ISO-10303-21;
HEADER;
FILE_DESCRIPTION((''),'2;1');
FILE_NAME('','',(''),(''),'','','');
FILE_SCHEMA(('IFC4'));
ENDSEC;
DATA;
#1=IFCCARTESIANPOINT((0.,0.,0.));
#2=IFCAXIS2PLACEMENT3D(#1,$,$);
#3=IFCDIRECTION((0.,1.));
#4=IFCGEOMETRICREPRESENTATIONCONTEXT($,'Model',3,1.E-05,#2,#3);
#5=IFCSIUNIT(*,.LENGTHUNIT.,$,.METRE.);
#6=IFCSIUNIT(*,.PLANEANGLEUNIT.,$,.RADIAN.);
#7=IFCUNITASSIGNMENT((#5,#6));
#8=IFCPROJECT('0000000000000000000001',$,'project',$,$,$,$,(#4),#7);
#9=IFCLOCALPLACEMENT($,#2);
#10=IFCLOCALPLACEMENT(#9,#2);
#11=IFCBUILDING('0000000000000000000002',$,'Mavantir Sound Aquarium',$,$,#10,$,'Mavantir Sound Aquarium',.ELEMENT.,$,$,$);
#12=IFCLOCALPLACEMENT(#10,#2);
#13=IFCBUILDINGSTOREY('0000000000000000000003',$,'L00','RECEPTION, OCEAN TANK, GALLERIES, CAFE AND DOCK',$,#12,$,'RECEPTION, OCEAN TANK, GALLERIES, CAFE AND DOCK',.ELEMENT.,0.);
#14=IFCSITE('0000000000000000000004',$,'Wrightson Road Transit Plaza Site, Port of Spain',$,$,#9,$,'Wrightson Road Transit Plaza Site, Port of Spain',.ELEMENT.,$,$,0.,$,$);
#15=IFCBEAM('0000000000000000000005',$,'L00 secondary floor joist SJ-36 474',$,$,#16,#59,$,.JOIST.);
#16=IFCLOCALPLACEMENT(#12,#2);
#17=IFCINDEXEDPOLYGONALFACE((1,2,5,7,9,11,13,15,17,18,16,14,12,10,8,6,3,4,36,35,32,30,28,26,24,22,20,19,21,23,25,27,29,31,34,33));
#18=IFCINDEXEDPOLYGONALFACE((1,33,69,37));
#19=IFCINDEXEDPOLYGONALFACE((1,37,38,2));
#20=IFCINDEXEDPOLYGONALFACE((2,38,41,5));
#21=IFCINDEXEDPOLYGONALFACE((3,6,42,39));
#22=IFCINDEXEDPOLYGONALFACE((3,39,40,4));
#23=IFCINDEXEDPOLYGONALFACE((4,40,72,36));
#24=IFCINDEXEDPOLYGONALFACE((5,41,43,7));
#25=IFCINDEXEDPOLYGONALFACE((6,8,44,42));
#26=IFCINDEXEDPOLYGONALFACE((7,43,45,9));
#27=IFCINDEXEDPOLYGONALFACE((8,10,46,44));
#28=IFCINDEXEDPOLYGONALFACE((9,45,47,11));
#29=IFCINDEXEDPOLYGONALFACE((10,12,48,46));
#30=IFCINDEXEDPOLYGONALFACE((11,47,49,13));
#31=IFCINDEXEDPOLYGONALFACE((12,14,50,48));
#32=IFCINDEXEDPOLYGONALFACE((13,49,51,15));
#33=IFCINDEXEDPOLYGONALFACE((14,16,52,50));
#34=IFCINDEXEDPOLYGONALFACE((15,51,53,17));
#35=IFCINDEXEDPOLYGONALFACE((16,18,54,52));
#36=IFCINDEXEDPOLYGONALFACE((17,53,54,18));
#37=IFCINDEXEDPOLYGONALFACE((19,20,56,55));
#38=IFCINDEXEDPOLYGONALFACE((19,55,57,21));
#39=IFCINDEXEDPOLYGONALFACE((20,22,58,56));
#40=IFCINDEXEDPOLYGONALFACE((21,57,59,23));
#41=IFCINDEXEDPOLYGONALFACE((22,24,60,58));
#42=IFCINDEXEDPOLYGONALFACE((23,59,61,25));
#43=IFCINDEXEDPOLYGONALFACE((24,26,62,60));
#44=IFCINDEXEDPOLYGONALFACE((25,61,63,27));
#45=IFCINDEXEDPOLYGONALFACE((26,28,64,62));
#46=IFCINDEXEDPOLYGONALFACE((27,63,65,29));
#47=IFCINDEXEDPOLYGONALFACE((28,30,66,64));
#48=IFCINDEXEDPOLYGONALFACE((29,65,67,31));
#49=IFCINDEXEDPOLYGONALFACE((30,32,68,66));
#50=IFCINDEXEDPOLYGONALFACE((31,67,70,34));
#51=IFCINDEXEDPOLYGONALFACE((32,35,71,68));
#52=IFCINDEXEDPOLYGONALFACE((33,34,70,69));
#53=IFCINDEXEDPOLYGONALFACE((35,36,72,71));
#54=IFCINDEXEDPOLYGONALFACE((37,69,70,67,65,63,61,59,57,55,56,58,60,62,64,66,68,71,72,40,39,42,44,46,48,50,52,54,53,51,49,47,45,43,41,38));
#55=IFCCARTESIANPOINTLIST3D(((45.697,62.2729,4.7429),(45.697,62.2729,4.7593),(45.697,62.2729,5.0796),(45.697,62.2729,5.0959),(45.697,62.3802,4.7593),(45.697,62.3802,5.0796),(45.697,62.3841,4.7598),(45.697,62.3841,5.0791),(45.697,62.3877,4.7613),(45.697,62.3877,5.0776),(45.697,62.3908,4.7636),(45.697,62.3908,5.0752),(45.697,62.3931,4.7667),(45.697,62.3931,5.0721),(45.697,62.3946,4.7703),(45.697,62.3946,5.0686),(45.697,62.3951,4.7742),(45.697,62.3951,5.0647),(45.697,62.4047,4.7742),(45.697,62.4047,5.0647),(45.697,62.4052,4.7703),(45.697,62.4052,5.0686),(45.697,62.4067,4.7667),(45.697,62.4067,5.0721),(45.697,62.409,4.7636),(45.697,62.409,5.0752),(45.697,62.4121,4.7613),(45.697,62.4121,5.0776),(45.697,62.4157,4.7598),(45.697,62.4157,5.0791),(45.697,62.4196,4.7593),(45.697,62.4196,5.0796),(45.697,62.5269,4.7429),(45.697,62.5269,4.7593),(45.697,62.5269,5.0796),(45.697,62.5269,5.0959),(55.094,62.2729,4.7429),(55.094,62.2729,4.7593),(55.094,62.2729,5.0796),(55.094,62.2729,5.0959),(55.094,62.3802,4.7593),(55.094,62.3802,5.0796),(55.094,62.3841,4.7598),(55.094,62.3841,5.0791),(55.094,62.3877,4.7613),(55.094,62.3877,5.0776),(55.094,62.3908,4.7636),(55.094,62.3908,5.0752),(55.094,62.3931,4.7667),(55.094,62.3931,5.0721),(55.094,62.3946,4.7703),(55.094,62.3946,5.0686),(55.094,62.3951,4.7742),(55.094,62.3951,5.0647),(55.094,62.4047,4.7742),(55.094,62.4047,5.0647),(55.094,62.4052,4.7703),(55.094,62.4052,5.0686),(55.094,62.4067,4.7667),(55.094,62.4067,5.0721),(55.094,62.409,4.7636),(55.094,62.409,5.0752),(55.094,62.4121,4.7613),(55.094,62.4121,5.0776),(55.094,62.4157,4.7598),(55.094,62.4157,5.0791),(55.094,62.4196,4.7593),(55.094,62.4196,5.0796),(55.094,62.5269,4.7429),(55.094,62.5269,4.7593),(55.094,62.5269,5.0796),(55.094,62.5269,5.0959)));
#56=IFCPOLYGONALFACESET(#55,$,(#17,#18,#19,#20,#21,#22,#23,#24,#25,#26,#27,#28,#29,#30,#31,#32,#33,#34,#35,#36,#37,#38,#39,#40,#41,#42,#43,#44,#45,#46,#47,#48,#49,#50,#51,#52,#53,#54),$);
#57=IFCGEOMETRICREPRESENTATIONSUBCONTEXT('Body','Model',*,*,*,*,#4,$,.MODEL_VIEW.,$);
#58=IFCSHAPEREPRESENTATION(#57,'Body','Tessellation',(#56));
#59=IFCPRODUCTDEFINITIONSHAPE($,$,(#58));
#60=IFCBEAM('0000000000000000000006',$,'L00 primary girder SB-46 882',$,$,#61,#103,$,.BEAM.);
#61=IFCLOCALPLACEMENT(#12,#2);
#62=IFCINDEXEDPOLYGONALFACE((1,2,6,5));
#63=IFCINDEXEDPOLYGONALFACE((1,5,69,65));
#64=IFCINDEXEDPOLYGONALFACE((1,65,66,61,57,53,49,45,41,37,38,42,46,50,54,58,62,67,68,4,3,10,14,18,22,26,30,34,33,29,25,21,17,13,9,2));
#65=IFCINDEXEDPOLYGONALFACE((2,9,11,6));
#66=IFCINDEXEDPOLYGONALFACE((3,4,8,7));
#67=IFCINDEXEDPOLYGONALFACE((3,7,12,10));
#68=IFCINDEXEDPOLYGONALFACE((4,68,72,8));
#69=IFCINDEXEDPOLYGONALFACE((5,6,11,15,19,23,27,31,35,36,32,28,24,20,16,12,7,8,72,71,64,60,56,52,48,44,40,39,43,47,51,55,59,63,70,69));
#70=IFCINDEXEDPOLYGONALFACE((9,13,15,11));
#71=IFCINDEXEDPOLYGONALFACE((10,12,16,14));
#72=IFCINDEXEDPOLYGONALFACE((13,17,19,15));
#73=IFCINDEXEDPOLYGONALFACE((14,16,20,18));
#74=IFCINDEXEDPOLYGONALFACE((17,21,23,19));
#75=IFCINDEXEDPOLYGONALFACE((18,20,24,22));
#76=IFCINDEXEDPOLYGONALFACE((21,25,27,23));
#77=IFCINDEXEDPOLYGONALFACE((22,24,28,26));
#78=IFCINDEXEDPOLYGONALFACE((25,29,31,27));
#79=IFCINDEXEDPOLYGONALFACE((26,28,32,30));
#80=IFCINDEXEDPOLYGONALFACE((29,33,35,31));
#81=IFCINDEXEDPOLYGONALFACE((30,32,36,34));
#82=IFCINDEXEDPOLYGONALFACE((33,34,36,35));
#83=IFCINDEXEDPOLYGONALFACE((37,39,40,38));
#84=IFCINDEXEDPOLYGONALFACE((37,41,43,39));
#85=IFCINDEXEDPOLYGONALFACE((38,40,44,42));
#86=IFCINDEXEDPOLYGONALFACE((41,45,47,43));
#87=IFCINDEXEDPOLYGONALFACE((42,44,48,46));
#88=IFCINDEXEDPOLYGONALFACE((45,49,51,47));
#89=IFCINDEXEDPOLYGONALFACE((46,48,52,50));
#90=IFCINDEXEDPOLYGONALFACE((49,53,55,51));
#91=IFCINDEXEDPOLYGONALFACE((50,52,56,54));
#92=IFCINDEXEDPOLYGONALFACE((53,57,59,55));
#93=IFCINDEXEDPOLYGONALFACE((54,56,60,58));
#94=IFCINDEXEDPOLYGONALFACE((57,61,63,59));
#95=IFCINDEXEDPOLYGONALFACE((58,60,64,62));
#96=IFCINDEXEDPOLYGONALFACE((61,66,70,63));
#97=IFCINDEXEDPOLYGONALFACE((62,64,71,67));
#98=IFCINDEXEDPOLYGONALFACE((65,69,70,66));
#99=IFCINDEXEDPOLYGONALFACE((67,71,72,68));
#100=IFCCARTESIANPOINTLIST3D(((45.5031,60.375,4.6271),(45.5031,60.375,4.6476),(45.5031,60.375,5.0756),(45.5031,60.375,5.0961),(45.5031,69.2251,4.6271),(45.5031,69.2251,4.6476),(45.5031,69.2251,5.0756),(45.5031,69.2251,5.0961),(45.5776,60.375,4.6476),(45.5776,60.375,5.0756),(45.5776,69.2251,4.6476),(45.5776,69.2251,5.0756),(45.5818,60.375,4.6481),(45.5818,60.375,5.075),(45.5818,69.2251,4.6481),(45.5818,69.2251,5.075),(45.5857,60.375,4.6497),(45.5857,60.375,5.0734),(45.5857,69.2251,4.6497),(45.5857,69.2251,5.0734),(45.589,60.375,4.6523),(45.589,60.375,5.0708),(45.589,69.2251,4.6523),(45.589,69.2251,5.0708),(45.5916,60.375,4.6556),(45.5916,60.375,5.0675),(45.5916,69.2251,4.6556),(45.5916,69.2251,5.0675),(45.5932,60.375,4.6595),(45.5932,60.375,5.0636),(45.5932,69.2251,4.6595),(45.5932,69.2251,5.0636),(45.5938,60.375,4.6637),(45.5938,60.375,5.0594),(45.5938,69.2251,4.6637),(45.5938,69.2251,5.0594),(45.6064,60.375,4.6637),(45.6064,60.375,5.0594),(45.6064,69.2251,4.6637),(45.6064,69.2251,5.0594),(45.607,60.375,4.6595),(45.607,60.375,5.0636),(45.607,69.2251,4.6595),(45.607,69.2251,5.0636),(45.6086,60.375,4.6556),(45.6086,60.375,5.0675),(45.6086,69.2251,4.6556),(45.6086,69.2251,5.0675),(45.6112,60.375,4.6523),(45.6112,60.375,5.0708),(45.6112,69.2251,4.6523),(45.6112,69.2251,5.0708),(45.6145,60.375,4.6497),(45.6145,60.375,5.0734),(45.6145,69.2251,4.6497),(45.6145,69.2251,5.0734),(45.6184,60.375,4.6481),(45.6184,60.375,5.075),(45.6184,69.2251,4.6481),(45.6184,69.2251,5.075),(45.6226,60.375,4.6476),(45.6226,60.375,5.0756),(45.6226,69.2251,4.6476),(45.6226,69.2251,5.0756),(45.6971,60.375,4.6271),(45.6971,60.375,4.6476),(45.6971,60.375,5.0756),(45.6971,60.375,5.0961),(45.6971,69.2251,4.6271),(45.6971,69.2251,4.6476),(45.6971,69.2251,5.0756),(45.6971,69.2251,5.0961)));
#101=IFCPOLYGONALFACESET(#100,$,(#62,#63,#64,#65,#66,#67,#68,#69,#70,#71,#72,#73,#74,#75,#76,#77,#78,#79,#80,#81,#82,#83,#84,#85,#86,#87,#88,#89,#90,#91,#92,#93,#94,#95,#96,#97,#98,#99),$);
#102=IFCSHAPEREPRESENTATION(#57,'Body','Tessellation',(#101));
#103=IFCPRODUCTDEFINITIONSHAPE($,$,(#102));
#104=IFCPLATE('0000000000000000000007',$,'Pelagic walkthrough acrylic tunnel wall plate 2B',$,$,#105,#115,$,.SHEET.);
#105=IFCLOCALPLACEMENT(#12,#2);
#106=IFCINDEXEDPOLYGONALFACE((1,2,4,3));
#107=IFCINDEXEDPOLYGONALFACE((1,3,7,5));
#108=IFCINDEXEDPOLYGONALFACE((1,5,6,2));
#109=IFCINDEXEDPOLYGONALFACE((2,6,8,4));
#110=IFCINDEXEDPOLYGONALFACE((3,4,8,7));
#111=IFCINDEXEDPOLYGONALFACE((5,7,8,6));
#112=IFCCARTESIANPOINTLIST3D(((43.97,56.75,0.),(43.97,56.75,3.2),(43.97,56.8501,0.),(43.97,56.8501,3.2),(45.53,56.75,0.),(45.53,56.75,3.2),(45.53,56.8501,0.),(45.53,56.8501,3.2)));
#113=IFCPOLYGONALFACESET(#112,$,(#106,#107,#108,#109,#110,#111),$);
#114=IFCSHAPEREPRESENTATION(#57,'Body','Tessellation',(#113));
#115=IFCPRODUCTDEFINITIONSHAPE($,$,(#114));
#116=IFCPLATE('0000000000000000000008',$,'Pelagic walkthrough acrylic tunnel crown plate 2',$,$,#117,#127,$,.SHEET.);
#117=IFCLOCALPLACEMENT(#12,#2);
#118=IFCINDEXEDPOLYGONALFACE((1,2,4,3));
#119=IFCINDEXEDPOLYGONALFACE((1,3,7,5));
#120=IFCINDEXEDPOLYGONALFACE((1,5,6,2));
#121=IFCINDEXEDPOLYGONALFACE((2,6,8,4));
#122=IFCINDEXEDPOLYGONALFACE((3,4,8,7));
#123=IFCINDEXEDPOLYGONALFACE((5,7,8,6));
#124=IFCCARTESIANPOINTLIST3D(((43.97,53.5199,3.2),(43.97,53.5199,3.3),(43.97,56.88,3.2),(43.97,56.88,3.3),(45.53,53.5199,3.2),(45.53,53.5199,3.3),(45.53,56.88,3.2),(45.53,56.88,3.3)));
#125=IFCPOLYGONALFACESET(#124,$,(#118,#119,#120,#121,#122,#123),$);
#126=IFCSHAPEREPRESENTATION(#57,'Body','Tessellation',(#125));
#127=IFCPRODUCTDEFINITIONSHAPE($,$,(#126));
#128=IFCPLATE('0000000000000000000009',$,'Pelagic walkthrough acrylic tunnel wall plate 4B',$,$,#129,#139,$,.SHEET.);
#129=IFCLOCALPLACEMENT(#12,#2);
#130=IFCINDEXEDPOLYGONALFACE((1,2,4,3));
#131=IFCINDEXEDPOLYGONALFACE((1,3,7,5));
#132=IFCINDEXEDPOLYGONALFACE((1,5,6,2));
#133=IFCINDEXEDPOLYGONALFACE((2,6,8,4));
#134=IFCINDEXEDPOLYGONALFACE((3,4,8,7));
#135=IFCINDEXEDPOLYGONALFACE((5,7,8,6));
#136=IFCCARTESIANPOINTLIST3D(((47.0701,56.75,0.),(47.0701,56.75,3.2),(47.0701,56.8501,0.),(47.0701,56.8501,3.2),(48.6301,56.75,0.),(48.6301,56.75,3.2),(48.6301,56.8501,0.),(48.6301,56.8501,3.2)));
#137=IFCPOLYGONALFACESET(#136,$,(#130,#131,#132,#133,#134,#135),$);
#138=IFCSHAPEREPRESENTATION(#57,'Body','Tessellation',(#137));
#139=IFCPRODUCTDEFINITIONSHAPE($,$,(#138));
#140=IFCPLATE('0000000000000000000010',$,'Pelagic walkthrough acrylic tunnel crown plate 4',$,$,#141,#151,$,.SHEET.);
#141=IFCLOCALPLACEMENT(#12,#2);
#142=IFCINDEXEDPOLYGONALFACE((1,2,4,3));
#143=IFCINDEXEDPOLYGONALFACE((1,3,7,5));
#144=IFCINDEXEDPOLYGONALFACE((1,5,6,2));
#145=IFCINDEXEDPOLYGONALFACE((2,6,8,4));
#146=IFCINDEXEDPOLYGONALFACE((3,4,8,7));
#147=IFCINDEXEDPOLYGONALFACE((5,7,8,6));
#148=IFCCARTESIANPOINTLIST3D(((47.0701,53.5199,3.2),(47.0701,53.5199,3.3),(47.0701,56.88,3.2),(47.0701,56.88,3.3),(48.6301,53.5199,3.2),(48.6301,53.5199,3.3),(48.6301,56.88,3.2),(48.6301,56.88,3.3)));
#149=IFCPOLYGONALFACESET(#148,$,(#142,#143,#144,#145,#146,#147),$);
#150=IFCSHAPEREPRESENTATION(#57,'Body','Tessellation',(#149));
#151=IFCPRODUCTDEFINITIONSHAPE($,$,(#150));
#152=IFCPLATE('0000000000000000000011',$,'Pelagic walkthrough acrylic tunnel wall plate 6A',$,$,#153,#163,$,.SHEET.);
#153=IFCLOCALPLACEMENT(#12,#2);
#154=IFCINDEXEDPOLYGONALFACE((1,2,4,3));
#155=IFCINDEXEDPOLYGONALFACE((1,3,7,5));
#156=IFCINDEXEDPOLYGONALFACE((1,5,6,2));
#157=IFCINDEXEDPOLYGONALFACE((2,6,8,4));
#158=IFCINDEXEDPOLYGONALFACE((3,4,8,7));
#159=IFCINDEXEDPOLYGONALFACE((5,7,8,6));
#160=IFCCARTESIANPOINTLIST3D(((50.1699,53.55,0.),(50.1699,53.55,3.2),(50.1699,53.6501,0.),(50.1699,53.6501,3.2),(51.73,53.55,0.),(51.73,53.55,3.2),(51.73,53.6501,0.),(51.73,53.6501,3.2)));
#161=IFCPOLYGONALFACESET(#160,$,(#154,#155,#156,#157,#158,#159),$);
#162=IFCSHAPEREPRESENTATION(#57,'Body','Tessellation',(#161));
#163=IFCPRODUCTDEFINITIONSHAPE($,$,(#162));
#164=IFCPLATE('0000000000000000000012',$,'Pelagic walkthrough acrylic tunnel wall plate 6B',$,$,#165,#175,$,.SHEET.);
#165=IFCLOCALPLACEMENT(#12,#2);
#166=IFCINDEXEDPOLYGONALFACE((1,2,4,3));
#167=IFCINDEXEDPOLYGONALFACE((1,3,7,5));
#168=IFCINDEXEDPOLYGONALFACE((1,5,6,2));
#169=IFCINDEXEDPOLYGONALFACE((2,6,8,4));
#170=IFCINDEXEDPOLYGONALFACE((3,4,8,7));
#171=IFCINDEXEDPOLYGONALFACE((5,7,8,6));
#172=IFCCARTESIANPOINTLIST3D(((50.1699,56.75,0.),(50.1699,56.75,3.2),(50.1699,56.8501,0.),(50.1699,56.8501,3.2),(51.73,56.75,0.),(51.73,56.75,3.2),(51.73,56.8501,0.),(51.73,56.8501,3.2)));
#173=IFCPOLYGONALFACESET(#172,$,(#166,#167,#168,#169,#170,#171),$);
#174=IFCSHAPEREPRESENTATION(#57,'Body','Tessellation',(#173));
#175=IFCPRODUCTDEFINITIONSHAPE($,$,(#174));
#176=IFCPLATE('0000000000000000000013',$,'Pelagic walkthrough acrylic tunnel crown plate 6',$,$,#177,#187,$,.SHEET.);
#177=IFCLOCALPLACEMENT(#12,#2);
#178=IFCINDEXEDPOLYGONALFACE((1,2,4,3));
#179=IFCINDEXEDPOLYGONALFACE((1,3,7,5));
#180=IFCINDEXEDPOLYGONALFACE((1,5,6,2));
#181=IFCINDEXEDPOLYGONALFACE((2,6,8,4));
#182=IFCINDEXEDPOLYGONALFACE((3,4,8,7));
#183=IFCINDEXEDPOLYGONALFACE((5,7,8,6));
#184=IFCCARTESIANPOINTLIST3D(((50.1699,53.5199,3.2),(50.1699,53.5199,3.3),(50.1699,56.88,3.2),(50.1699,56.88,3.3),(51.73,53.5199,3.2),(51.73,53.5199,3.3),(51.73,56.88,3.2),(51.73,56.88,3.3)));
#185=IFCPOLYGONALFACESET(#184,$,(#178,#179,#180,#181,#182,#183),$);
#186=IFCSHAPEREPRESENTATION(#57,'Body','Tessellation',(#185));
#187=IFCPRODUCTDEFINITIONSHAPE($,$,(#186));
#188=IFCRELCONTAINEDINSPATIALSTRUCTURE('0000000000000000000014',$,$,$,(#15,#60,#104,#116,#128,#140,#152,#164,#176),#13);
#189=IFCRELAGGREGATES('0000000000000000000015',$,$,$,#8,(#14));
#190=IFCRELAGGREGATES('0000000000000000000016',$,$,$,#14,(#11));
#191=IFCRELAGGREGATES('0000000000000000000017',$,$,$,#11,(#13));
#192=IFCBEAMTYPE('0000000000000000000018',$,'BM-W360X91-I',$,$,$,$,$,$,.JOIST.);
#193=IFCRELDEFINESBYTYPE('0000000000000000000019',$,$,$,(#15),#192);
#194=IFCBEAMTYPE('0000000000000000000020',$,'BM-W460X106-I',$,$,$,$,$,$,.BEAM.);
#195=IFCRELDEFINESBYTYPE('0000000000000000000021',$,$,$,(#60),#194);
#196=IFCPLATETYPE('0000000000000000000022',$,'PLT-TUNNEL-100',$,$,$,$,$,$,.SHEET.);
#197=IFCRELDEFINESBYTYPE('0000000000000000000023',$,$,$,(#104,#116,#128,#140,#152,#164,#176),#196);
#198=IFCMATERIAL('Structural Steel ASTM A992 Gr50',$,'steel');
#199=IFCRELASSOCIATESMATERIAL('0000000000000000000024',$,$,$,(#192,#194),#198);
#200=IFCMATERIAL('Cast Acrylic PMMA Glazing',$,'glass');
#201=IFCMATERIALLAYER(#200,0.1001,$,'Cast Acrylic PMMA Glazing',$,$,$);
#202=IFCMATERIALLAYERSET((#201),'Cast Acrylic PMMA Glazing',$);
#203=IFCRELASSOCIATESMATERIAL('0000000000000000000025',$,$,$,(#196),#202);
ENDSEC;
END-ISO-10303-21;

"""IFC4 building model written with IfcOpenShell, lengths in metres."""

from ifc_helpers import new_model, si_unit, direction, frame, origin, origin_2d, place, context, subcontext, project, spatial, rectangle, i_section, extrude, material, layer, layer_set, material_profile, profile_set, type_object, element, save


model = new_model("IFC4")

# Units and contexts
model_context = context("Model", 3, precision=1e-05, world=origin(), true_north=direction((0.0, 1.0)))
body_context = subcontext(model_context, "Body", "Model", "MODEL_VIEW")
ifc_project = project(units=[si_unit("LENGTHUNIT", "METRE"), si_unit("PLANEANGLEUNIT", "RADIAN")], contexts=[model_context])

# Site, building, storey
site_placement = place(None, origin())
site = spatial("IfcSite", under=ifc_project, at=site_placement, Name="Wrightson Road Transit Plaza Site, Port of Spain", LongName="Wrightson Road Transit Plaza Site, Port of Spain", CompositionType="ELEMENT", RefElevation=0.0)
building_placement = place(site_placement, origin())
building = spatial("IfcBuilding", under=site, at=building_placement, Name="Mavantir Sound Aquarium", LongName="Mavantir Sound Aquarium", CompositionType="ELEMENT")
storey_placement = place(building_placement, origin())
storey = spatial("IfcBuildingStorey", under=building, at=storey_placement, Name="L00", Description="RECEPTION, OCEAN TANK, GALLERIES, CAFE AND DOCK", LongName="RECEPTION, OCEAN TANK, GALLERIES, CAFE AND DOCK", CompositionType="ELEMENT", Elevation=0.0)

# Beams
ifc_material_1 = material(Name="Structural Steel ASTM A992 Gr50", Category="steel")
ifc_material_profile_1 = material_profile(ifc_material_1, i_section(OverallWidth=0.2539, OverallDepth=0.353, WebThickness=0.0095, FlangeThickness=0.0164, FilletRadius=0.0149, at=origin_2d()), Name="W360X91")
ifc_profile_set_1 = profile_set([ifc_material_profile_1], Name="Structural Steel ASTM A992 Gr50")
beam_type_1 = type_object("IfcBeamType", Name="BM-W360X91-I", PredefinedType="JOIST", material=ifc_profile_set_1)
beam_1_placement = place(storey_placement, frame((45.697, 62.3999, 4.9194), z_axis=(1.0, 0.0, 0.0), x_axis=(0.0, 1.0, 0.0)))
element("IfcBeam", 1, at=beam_1_placement, inside=storey, type_object=beam_type_1, Name="L00 secondary floor joist SJ-36 474", PredefinedType="JOIST", context=body_context, shape_type="SweptSolid", body=[
    extrude(i_section(OverallWidth=0.2539, OverallDepth=0.353, WebThickness=0.0095, FlangeThickness=0.0164, FilletRadius=0.0149, at=origin_2d()), origin(), (0.0, 0.0, 1.0), 9.397),
])
ifc_material_profile_2 = material_profile(ifc_material_1, i_section(OverallWidth=0.1941, OverallDepth=0.469, WebThickness=0.0127, FlangeThickness=0.0205, FilletRadius=0.0161, at=origin_2d()), Name="W460X106")
ifc_profile_set_2 = profile_set([ifc_material_profile_2], Name="Structural Steel ASTM A992 Gr50")
beam_type_2 = type_object("IfcBeamType", Name="BM-W460X106-I", PredefinedType="BEAM", material=ifc_profile_set_2)
beam_2_placement = place(storey_placement, frame((45.6001, 60.375, 4.8616), z_axis=(0.0, 1.0, 0.0), x_axis=(-1.0, 0.0, 0.0)))
element("IfcBeam", 2, at=beam_2_placement, inside=storey, type_object=beam_type_2, Name="L00 primary girder SB-46 882", PredefinedType="BEAM", context=body_context, shape_type="SweptSolid", body=[
    extrude(i_section(OverallWidth=0.1941, OverallDepth=0.469, WebThickness=0.0127, FlangeThickness=0.0205, FilletRadius=0.0161, at=origin_2d()), origin(), (0.0, 0.0, 1.0), 8.8501),
])

# Plates
ifc_material_2 = material(Name="Cast Acrylic PMMA Glazing", Category="glass")
ifc_layer_1 = layer(ifc_material_2, 0.1001, Name="Cast Acrylic PMMA Glazing")
ifc_layer_set_1 = layer_set([ifc_layer_1], Name="Cast Acrylic PMMA Glazing")
plate_type_1 = type_object("IfcPlateType", Name="PLT-TUNNEL-100", PredefinedType="SHEET", material=ifc_layer_set_1)
plate_1_placement = place(storey_placement, frame((44.75, 56.8, 0.0), z_axis=(0.0, 0.0, 1.0), x_axis=(1.0, 0.0, 0.0)))
element("IfcPlate", 3, at=plate_1_placement, inside=storey, type_object=plate_type_1, Name="Pelagic walkthrough acrylic tunnel wall plate 2B", PredefinedType="SHEET", context=body_context, shape_type="SweptSolid", body=[
    extrude(rectangle(XDim=1.5601, YDim=0.1001, at=origin_2d()), origin(), (0.0, 0.0, 1.0), 3.2),
])
plate_2_placement = place(storey_placement, frame((44.75, 55.2, 3.2), z_axis=(0.0, 0.0, 1.0), x_axis=(1.0, 0.0, 0.0)))
element("IfcPlate", 4, at=plate_2_placement, inside=storey, type_object=plate_type_1, Name="Pelagic walkthrough acrylic tunnel crown plate 2", PredefinedType="SHEET", context=body_context, shape_type="SweptSolid", body=[
    extrude(rectangle(XDim=1.5601, YDim=3.3601, at=origin_2d()), origin(), (0.0, 0.0, 1.0), 0.1001),
])
plate_3_placement = place(storey_placement, frame((47.8501, 56.8, 0.0), z_axis=(0.0, 0.0, 1.0), x_axis=(1.0, 0.0, 0.0)))
element("IfcPlate", 5, at=plate_3_placement, inside=storey, type_object=plate_type_1, Name="Pelagic walkthrough acrylic tunnel wall plate 4B", PredefinedType="SHEET", context=body_context, shape_type="SweptSolid", body=[
    extrude(rectangle(XDim=1.5601, YDim=0.1001, at=origin_2d()), origin(), (0.0, 0.0, 1.0), 3.2),
])
plate_4_placement = place(storey_placement, frame((47.8501, 55.2, 3.2), z_axis=(0.0, 0.0, 1.0), x_axis=(1.0, 0.0, 0.0)))
element("IfcPlate", 6, at=plate_4_placement, inside=storey, type_object=plate_type_1, Name="Pelagic walkthrough acrylic tunnel crown plate 4", PredefinedType="SHEET", context=body_context, shape_type="SweptSolid", body=[
    extrude(rectangle(XDim=1.5601, YDim=3.3601, at=origin_2d()), origin(), (0.0, 0.0, 1.0), 0.1001),
])
for number, where, z_axis, x_axis, name in (
    (7, (50.95, 53.6001, 0.0), (0.0, 0.0, 1.0), (1.0, 0.0, 0.0), "Pelagic walkthrough acrylic tunnel wall plate 6A"),
    (8, (50.95, 56.8, 0.0), (0.0, 0.0, 1.0), (1.0, 0.0, 0.0), "Pelagic walkthrough acrylic tunnel wall plate 6B"),
):
    element("IfcPlate", number, at=place(storey_placement, frame(where, z_axis=z_axis, x_axis=x_axis)), inside=storey, type_object=plate_type_1, Name=name, PredefinedType="SHEET", context=body_context, shape_type="SweptSolid", body=[
        extrude(rectangle(XDim=1.5601, YDim=0.1001, at=origin_2d()), origin(), (0.0, 0.0, 1.0), 3.2),
    ])
plate_5_placement = place(storey_placement, frame((50.95, 55.2, 3.2), z_axis=(0.0, 0.0, 1.0), x_axis=(1.0, 0.0, 0.0)))
element("IfcPlate", 9, at=plate_5_placement, inside=storey, type_object=plate_type_1, Name="Pelagic walkthrough acrylic tunnel crown plate 6", PredefinedType="SHEET", context=body_context, shape_type="SweptSolid", body=[
    extrude(rectangle(XDim=1.5601, YDim=3.3601, at=origin_2d()), origin(), (0.0, 0.0, 1.0), 0.1001),
])

save(model, "model.ifc")
